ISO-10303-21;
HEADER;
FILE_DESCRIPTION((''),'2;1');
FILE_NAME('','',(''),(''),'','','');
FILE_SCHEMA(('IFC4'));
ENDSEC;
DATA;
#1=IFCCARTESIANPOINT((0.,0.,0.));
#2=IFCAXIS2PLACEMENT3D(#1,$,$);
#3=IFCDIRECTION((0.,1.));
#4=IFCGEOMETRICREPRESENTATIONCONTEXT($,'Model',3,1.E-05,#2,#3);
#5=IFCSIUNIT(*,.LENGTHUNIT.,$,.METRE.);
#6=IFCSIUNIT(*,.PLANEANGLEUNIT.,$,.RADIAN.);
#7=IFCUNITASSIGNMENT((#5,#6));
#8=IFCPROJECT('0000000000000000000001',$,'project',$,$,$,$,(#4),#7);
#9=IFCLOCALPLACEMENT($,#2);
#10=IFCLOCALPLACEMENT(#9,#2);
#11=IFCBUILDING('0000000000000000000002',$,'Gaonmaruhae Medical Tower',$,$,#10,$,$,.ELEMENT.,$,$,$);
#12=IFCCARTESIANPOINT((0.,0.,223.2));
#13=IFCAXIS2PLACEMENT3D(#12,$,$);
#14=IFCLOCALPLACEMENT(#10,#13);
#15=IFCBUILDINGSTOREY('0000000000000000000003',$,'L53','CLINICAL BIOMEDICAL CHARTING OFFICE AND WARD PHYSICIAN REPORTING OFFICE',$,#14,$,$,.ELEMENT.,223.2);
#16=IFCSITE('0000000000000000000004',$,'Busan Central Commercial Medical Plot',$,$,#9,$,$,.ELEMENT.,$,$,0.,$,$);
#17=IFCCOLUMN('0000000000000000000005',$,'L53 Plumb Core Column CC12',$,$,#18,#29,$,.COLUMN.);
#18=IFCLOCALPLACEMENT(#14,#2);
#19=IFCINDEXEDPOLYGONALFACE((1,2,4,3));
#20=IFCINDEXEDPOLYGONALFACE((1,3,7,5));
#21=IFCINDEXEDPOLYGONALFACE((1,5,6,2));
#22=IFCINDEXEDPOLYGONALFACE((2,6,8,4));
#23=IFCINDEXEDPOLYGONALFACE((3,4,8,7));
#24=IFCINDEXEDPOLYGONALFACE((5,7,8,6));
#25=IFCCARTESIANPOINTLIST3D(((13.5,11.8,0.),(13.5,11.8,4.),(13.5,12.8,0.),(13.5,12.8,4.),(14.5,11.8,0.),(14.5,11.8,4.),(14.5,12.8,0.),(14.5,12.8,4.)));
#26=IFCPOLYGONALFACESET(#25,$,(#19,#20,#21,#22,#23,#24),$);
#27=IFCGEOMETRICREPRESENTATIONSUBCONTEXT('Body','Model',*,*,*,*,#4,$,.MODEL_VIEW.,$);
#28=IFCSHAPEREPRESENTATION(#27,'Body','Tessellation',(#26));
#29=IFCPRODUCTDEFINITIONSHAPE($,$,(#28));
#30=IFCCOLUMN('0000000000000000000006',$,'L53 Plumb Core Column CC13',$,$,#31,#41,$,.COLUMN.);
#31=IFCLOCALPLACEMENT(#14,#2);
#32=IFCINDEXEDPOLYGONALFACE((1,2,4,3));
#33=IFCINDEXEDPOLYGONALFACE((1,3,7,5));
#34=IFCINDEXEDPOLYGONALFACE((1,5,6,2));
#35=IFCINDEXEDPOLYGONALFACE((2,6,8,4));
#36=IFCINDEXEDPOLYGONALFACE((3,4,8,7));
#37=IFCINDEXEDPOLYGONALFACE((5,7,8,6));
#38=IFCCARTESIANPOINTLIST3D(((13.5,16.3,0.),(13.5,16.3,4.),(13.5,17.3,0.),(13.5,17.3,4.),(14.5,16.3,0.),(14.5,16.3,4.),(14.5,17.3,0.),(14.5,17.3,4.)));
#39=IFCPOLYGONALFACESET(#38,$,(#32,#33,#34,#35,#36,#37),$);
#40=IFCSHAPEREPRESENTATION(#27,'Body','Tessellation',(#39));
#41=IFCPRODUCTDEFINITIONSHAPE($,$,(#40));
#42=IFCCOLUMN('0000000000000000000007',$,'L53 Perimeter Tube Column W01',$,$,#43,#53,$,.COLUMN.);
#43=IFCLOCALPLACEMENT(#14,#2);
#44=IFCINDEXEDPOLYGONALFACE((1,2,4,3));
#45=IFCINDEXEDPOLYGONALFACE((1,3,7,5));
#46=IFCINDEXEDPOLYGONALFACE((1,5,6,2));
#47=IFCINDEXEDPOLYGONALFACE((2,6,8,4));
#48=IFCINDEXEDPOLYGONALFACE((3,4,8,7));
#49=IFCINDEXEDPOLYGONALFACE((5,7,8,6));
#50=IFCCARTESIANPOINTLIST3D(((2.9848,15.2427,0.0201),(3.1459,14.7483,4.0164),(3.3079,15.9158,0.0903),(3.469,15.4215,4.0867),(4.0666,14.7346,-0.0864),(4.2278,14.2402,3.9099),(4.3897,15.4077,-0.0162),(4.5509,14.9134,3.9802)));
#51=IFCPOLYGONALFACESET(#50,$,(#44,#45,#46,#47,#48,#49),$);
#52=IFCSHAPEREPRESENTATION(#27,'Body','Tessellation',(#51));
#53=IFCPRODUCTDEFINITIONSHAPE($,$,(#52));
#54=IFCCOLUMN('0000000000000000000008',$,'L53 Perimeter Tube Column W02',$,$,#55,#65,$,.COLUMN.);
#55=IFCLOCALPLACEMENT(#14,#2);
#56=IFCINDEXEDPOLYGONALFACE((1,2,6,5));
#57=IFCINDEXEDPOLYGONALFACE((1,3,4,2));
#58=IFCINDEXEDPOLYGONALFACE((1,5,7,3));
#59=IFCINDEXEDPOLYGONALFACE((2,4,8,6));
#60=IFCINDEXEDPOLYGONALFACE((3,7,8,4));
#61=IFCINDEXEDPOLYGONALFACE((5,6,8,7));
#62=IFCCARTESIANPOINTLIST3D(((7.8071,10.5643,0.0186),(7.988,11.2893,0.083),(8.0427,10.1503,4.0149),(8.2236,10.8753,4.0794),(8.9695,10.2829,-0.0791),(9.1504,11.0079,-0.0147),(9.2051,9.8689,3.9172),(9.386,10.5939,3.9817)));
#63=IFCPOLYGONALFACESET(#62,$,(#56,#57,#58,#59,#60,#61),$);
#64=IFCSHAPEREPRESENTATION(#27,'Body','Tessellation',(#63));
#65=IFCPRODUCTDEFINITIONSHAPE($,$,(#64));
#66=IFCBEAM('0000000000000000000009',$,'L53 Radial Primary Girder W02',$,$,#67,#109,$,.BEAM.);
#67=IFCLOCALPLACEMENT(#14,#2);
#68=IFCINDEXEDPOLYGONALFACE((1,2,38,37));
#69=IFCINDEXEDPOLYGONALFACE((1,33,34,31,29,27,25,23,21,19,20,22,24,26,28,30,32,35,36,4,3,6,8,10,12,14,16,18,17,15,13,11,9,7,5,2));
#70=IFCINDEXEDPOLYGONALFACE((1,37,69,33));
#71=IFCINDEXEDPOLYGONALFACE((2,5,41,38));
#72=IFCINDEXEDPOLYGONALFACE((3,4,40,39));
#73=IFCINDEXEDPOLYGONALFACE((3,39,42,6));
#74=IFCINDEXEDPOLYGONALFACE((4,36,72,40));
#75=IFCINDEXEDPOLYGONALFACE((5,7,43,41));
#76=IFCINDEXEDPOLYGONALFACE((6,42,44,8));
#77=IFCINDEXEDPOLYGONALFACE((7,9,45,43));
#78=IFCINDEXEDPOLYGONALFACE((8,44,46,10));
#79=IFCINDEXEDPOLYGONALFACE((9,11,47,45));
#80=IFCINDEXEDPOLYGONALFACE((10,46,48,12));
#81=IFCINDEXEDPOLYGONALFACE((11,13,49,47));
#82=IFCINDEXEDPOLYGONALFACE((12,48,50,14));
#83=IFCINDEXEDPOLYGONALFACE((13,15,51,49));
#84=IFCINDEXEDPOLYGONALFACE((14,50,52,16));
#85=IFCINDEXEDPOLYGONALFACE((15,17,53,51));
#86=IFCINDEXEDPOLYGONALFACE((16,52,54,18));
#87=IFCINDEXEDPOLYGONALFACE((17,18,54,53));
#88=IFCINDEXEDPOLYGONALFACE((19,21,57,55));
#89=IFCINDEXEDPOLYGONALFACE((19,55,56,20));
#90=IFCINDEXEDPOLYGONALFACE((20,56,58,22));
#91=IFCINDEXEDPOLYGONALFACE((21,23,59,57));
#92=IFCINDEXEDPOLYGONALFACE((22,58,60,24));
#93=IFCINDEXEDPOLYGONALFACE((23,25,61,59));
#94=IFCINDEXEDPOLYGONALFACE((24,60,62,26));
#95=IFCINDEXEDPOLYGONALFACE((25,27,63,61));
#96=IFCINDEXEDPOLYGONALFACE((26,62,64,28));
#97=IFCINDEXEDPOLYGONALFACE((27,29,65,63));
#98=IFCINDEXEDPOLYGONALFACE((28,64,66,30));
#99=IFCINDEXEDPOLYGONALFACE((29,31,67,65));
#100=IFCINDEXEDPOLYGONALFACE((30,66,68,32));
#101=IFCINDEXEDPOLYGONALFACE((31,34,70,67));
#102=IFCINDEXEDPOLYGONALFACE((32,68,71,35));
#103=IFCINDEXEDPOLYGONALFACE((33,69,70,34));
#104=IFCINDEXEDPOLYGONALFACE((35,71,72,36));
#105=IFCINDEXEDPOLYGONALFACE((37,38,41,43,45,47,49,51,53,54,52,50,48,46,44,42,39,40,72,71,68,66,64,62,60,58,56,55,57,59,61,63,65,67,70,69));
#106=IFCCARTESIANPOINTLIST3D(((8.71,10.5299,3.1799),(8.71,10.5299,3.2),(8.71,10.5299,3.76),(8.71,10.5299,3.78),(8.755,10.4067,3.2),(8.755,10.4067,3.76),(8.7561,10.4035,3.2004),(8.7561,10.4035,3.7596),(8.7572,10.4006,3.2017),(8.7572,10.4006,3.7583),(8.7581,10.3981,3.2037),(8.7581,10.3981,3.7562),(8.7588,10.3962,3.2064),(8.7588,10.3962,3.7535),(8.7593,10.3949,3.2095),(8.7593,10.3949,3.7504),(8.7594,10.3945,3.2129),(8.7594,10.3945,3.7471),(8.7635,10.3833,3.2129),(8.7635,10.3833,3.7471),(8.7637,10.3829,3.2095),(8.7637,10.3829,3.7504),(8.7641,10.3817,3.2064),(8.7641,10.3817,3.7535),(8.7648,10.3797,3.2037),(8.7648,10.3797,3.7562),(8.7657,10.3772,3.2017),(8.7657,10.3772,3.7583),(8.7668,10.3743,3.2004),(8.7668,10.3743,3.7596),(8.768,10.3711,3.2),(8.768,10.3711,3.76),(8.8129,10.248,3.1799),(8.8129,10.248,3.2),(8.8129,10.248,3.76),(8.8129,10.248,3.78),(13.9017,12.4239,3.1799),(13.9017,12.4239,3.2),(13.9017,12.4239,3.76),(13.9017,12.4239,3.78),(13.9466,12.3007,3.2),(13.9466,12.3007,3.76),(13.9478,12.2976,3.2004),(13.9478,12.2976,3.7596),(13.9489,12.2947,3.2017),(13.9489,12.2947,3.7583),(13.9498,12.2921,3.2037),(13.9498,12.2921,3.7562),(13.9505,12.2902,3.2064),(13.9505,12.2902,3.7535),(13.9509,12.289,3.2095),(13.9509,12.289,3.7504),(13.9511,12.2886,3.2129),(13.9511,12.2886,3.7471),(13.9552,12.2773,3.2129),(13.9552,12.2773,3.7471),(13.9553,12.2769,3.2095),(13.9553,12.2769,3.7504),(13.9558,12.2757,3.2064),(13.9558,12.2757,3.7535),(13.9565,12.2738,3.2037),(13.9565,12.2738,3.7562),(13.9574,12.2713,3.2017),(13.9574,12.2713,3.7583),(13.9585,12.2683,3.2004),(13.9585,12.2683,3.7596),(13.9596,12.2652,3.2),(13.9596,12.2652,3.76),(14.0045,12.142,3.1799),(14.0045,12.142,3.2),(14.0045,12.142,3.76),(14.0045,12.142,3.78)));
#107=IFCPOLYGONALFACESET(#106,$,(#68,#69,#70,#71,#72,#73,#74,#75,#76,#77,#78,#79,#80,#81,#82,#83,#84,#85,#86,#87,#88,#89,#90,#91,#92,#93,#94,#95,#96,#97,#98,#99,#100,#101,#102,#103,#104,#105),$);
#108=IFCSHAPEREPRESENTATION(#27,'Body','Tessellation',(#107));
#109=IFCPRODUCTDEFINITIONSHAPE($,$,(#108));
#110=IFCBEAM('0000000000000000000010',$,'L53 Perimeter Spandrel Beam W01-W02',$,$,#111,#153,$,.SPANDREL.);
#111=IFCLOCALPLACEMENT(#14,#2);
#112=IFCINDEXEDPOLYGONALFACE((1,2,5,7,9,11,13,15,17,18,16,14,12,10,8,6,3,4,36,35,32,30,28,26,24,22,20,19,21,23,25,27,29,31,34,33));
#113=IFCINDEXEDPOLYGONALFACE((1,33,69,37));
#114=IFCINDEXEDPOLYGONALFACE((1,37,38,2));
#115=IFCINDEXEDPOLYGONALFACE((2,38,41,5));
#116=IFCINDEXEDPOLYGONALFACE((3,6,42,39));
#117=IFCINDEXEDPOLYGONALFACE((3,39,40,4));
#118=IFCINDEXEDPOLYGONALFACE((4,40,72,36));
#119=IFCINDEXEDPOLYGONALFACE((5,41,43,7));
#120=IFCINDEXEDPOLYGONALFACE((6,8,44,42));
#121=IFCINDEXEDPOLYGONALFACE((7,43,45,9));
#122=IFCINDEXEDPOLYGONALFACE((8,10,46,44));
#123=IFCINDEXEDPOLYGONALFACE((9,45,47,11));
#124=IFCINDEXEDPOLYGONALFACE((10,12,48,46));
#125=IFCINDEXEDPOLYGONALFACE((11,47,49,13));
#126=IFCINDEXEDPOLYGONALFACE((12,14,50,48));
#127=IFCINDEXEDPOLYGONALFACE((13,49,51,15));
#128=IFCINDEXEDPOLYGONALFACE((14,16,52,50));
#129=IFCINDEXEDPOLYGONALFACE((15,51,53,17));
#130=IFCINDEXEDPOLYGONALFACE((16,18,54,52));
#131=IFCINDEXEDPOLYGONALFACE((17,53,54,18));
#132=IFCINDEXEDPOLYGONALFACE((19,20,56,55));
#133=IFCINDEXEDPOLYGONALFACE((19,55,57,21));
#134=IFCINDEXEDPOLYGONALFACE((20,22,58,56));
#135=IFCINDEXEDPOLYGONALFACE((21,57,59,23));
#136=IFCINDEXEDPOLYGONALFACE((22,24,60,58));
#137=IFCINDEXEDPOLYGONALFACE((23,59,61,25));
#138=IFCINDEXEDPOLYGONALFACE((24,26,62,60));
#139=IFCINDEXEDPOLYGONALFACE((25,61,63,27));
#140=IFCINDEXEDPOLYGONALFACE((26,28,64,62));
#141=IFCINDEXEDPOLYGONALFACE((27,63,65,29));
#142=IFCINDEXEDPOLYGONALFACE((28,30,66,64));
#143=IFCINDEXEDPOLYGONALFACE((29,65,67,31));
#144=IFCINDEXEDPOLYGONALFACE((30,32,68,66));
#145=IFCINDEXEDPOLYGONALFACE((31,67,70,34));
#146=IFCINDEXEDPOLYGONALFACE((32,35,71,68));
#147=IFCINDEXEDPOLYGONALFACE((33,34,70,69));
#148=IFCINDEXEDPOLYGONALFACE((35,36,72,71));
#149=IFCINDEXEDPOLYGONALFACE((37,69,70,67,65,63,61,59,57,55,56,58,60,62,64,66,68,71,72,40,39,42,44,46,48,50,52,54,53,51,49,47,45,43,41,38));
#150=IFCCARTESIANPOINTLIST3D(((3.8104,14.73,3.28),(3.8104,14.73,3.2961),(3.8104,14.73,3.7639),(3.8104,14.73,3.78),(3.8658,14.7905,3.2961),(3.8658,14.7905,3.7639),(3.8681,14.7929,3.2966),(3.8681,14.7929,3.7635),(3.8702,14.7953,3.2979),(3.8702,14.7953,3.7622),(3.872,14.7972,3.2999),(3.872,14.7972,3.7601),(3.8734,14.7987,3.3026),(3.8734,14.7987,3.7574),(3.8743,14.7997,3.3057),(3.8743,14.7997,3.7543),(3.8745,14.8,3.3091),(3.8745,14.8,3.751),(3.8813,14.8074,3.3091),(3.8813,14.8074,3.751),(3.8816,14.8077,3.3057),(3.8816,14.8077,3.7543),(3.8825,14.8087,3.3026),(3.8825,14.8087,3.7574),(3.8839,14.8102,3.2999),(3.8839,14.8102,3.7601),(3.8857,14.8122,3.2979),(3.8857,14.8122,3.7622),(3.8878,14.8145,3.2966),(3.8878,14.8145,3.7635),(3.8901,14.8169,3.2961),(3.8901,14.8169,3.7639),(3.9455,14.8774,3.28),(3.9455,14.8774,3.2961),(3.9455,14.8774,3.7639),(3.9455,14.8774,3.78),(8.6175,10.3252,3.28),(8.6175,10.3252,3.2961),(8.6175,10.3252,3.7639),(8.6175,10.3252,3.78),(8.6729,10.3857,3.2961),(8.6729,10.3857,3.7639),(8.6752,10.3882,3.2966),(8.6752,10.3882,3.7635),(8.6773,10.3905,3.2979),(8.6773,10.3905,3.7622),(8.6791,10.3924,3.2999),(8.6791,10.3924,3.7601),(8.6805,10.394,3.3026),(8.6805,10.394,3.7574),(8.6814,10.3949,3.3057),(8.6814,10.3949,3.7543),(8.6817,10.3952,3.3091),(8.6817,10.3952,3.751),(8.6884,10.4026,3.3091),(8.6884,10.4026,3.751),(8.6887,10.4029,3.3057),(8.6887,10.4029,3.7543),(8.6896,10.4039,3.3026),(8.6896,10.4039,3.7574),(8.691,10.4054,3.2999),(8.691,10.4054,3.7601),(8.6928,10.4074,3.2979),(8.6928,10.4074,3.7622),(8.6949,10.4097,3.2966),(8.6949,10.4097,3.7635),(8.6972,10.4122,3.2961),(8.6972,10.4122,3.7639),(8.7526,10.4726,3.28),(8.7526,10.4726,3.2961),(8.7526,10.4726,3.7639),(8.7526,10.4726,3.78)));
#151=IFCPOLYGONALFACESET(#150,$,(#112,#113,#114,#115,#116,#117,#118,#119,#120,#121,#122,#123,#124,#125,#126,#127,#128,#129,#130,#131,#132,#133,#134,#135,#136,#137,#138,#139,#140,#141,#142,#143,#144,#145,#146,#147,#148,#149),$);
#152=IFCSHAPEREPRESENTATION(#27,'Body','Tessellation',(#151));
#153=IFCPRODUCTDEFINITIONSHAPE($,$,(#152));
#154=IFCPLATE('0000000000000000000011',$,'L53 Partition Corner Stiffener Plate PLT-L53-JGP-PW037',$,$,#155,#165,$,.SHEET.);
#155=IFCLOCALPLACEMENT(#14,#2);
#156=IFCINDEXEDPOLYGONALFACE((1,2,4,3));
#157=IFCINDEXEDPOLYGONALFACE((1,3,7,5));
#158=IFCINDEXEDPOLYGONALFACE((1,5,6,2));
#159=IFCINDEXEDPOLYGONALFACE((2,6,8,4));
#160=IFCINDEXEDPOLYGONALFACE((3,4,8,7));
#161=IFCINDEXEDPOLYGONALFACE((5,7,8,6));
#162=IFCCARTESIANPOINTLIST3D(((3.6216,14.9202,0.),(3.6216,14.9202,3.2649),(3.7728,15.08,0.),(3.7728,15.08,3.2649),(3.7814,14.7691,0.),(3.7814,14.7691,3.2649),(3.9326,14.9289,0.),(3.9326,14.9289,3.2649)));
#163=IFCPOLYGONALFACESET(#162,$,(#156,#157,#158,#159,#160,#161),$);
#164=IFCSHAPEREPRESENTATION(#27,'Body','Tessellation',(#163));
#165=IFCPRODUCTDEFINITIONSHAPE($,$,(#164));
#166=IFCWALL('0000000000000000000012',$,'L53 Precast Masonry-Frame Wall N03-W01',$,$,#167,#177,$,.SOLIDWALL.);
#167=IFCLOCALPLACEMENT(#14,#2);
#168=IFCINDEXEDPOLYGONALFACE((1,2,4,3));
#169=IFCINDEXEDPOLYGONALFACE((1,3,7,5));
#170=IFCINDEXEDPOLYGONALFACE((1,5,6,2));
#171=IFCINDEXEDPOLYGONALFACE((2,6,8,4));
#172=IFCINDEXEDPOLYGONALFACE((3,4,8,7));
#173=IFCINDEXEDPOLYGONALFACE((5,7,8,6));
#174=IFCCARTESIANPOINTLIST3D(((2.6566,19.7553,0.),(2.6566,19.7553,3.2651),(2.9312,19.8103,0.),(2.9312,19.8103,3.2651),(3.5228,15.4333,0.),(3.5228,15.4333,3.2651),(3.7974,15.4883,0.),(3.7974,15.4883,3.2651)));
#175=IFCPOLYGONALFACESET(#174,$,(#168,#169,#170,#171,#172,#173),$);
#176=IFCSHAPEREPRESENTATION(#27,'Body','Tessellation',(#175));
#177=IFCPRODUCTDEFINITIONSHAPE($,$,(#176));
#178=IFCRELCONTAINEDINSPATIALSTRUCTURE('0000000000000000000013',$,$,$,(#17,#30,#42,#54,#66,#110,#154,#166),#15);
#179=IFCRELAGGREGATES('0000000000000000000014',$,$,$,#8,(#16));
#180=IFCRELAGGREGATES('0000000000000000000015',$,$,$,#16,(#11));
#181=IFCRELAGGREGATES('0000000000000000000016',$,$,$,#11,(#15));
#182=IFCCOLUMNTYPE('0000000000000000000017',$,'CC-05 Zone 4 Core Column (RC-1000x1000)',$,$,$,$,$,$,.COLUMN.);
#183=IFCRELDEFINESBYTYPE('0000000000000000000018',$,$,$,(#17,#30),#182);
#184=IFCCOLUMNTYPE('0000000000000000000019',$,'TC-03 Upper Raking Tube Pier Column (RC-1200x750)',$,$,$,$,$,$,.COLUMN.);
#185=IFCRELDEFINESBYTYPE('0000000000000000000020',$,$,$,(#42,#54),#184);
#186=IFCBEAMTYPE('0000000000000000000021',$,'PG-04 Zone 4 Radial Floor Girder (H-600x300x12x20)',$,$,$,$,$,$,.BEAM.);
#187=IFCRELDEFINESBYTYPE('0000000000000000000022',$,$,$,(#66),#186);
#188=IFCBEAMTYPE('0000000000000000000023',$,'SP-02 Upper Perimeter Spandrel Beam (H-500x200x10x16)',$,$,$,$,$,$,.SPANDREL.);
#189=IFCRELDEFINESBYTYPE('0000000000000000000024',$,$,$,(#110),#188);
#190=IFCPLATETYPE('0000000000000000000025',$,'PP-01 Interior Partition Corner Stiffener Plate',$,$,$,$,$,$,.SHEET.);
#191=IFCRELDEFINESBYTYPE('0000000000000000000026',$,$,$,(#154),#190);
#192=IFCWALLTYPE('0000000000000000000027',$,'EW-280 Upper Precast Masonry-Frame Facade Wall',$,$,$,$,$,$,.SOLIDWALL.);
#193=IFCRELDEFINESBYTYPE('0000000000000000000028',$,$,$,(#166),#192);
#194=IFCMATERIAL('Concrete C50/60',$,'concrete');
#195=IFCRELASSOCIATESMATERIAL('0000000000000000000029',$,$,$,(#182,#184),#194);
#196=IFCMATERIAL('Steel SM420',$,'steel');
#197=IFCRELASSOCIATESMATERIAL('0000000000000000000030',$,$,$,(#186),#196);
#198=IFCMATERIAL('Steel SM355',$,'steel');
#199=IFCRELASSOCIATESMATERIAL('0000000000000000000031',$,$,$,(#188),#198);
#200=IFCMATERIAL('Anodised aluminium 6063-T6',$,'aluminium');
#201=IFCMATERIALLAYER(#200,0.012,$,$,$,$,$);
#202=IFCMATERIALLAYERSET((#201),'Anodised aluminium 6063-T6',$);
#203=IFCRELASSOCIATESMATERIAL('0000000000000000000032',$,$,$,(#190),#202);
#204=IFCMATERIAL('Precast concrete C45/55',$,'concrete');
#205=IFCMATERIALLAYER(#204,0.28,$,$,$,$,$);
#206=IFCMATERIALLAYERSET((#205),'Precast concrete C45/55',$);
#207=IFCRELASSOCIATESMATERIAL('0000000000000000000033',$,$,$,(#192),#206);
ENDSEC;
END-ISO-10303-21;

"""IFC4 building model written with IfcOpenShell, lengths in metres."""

from ifc_helpers import new_model, si_unit, direction, frame, frame_2d, origin, origin_2d, place, context, subcontext, project, spatial, rectangle, i_section, extrude, material, layer, layer_set, material_profile, profile_set, type_object, element, save


model = new_model("IFC4")

# Units and contexts
model_context = context("Model", 3, precision=1e-05, world=origin(), true_north=direction((0.0, 1.0)))
body_context = subcontext(model_context, "Body", "Model", "MODEL_VIEW")
ifc_project = project(units=[si_unit("LENGTHUNIT", "METRE"), si_unit("PLANEANGLEUNIT", "RADIAN")], contexts=[model_context])

# Site, building, storey
site_placement = place(None, origin())
site = spatial("IfcSite", under=ifc_project, at=site_placement, Name="Busan Central Commercial Medical Plot", CompositionType="ELEMENT", RefElevation=0.0)
building_placement = place(site_placement, origin())
building = spatial("IfcBuilding", under=site, at=building_placement, Name="Gaonmaruhae Medical Tower", CompositionType="ELEMENT")
storey_placement = place(building_placement, frame((0.0, 0.0, 223.2)))
storey = spatial("IfcBuildingStorey", under=building, at=storey_placement, Name="L53", Description="CLINICAL BIOMEDICAL CHARTING OFFICE AND WARD PHYSICIAN REPORTING OFFICE", CompositionType="ELEMENT", Elevation=223.2)

# Columns
ifc_material_1 = material(Name="Concrete C50/60", Category="concrete")
ifc_material_profile_1 = material_profile(ifc_material_1, rectangle(XDim=1.0, YDim=1.0, at=origin_2d()), Name="RC-1000x1000")
ifc_profile_set_1 = profile_set([ifc_material_profile_1], Name="Concrete C50/60")
column_type_1 = type_object("IfcColumnType", Name="CC-05 Zone 4 Core Column (RC-1000x1000)", PredefinedType="COLUMN", material=ifc_profile_set_1)
for number, where, z_axis, x_axis, name in (
    (1, (14.0, 12.3, 0.0), (0.0, 0.0, 1.0), (1.0, 0.0, 0.0), "L53 Plumb Core Column CC12"),
    (2, (14.0, 16.8, 0.0), (0.0, 0.0, 1.0), (1.0, 0.0, 0.0), "L53 Plumb Core Column CC13"),
):
    element("IfcColumn", number, at=place(storey_placement, frame(where, z_axis=z_axis, x_axis=x_axis)), inside=storey, type_object=column_type_1, Name=name, PredefinedType="COLUMN", context=body_context, shape_type="SweptSolid", body=[
        extrude(rectangle(XDim=1.0, YDim=1.0, at=origin_2d()), origin(), (0.0, 0.0, 1.0), 4.0),
    ])
ifc_material_profile_2 = material_profile(ifc_material_1, rectangle(XDim=1.2, YDim=0.75, at=origin_2d()), Name="RC-1200x750")
ifc_profile_set_2 = profile_set([ifc_material_profile_2], Name="Concrete C50/60")
column_type_2 = type_object("IfcColumnType", Name="TC-03 Upper Raking Tube Pier Column (RC-1200x750)", PredefinedType="COLUMN", material=ifc_profile_set_2)
column_1_placement = place(storey_placement, frame((3.6873, 15.3252, 0.002), z_axis=(0.039983, -0.122675, 0.991641), x_axis=(-0.90157, 0.423436, 0.088734)))
element("IfcColumn", 3, at=column_1_placement, inside=storey, type_object=column_type_2, Name="L53 Perimeter Tube Column W01", PredefinedType="COLUMN", context=body_context, shape_type="SweptSolid", body=[
    extrude(rectangle(XDim=1.2, YDim=0.75, at=origin_2d()), origin(), (0.0, 0.0, 1.0), 4.03),
])
column_2_placement = place(storey_placement, frame((8.4788, 10.7861, 0.002), z_axis=(0.058538, -0.102882, 0.99297), x_axis=(-0.968698, 0.234513, 0.081406)))
element("IfcColumn", 4, at=column_2_placement, inside=storey, type_object=column_type_2, Name="L53 Perimeter Tube Column W02", PredefinedType="COLUMN", context=body_context, shape_type="SweptSolid", body=[
    extrude(rectangle(XDim=1.2, YDim=0.75, at=origin_2d()), origin(), (0.0, 0.0, 1.0), 4.0247),
])

# Beams
ifc_material_2 = material(Name="Steel SM420", Category="steel")
ifc_material_profile_3 = material_profile(ifc_material_2, i_section(OverallWidth=0.3, OverallDepth=0.6001, WebThickness=0.012, FlangeThickness=0.02, FilletRadius=0.0129, at=origin_2d()), Name="H-600x300x12x20")
ifc_profile_set_3 = profile_set([ifc_material_profile_3], Name="Steel SM420")
beam_type_1 = type_object("IfcBeamType", Name="PG-04 Zone 4 Radial Floor Girder (H-600x300x12x20)", PredefinedType="BEAM", material=ifc_profile_set_3)
beam_1_placement = place(storey_placement, frame((13.9531, 12.283, 3.48), z_axis=(-0.939434, -0.342729, 0.0), x_axis=(0.342729, -0.939434, 0.0)))
element("IfcBeam", 5, at=beam_1_placement, inside=storey, type_object=beam_type_1, Name="L53 Radial Primary Girder W02", PredefinedType="BEAM", context=body_context, shape_type="SweptSolid", body=[
    extrude(i_section(OverallWidth=0.3, OverallDepth=0.6001, WebThickness=0.012, FlangeThickness=0.02, FilletRadius=0.0129, at=origin_2d()), origin(), (0.0, 0.0, 1.0), 5.5264),
])
ifc_material_3 = material(Name="Steel SM355", Category="steel")
ifc_material_profile_4 = material_profile(ifc_material_3, i_section(OverallWidth=0.2, OverallDepth=0.5, WebThickness=0.01, FlangeThickness=0.0161, FilletRadius=0.0129, at=origin_2d()), Name="H-500x200x10x16")
ifc_profile_set_4 = profile_set([ifc_material_profile_4], Name="Steel SM355")
beam_type_2 = type_object("IfcBeamType", Name="SP-02 Upper Perimeter Spandrel Beam (H-500x200x10x16)", PredefinedType="SPANDREL", material=ifc_profile_set_4)
beam_2_placement = place(storey_placement, frame((3.8779, 14.8037, 3.53), z_axis=(0.737288, -0.675579, 0.0), x_axis=(0.675579, 0.737288, 0.0)))
element("IfcBeam", 6, at=beam_2_placement, inside=storey, type_object=beam_type_2, Name="L53 Perimeter Spandrel Beam W01-W02", PredefinedType="SPANDREL", context=body_context, shape_type="SweptSolid", body=[
    extrude(i_section(OverallWidth=0.2, OverallDepth=0.5, WebThickness=0.01, FlangeThickness=0.0161, FilletRadius=0.0129, at=origin_2d()), origin(), (0.0, 0.0, 1.0), 6.52),
])

# Plate
ifc_material_4 = material(Name="Anodised aluminium 6063-T6", Category="aluminium")
ifc_layer_1 = layer(ifc_material_4, 0.012)
ifc_layer_set_1 = layer_set([ifc_layer_1], Name="Anodised aluminium 6063-T6")
plate_type = type_object("IfcPlateType", Name="PP-01 Interior Partition Corner Stiffener Plate", PredefinedType="SHEET", material=ifc_layer_set_1)
plate_placement = place(storey_placement, frame((3.7771, 14.9246, 0.0), z_axis=(0.0, 0.0, 1.0), x_axis=(-0.726599, 0.687062, 0.0)))
element("IfcPlate", 7, at=plate_placement, inside=storey, type_object=plate_type, Name="L53 Partition Corner Stiffener Plate PLT-L53-JGP-PW037", PredefinedType="SHEET", context=body_context, shape_type="SweptSolid", body=[
    extrude(rectangle(XDim=0.22, YDim=0.22, at=origin_2d()), origin(), (0.0, 0.0, 1.0), 3.2649),
])

# Wall
ifc_material_5 = material(Name="Precast concrete C45/55", Category="concrete")
ifc_layer_2 = layer(ifc_material_5, 0.28)
ifc_layer_set_2 = layer_set([ifc_layer_2], Name="Precast concrete C45/55")
wall_type_1 = type_object("IfcWallType", Name="EW-280 Upper Precast Masonry-Frame Facade Wall", PredefinedType="SOLIDWALL", material=ifc_layer_set_2)
wall_1_placement = place(storey_placement, frame((3.6602, 15.4607, 0.0), z_axis=(0.0, 0.0, 1.0), x_axis=(-0.19651, 0.980502, 0.0)))
element("IfcWall", 8, at=wall_1_placement, inside=storey, type_object=wall_type_1, Name="L53 Precast Masonry-Frame Wall N03-W01", PredefinedType="SOLIDWALL", context=body_context, shape_type="SweptSolid", body=[
    extrude(rectangle(XDim=4.408, YDim=0.28, at=frame_2d((2.2041, 0.0))), origin(), (0.0, 0.0, 1.0), 3.2651),
])

save(model, "model.ifc")
